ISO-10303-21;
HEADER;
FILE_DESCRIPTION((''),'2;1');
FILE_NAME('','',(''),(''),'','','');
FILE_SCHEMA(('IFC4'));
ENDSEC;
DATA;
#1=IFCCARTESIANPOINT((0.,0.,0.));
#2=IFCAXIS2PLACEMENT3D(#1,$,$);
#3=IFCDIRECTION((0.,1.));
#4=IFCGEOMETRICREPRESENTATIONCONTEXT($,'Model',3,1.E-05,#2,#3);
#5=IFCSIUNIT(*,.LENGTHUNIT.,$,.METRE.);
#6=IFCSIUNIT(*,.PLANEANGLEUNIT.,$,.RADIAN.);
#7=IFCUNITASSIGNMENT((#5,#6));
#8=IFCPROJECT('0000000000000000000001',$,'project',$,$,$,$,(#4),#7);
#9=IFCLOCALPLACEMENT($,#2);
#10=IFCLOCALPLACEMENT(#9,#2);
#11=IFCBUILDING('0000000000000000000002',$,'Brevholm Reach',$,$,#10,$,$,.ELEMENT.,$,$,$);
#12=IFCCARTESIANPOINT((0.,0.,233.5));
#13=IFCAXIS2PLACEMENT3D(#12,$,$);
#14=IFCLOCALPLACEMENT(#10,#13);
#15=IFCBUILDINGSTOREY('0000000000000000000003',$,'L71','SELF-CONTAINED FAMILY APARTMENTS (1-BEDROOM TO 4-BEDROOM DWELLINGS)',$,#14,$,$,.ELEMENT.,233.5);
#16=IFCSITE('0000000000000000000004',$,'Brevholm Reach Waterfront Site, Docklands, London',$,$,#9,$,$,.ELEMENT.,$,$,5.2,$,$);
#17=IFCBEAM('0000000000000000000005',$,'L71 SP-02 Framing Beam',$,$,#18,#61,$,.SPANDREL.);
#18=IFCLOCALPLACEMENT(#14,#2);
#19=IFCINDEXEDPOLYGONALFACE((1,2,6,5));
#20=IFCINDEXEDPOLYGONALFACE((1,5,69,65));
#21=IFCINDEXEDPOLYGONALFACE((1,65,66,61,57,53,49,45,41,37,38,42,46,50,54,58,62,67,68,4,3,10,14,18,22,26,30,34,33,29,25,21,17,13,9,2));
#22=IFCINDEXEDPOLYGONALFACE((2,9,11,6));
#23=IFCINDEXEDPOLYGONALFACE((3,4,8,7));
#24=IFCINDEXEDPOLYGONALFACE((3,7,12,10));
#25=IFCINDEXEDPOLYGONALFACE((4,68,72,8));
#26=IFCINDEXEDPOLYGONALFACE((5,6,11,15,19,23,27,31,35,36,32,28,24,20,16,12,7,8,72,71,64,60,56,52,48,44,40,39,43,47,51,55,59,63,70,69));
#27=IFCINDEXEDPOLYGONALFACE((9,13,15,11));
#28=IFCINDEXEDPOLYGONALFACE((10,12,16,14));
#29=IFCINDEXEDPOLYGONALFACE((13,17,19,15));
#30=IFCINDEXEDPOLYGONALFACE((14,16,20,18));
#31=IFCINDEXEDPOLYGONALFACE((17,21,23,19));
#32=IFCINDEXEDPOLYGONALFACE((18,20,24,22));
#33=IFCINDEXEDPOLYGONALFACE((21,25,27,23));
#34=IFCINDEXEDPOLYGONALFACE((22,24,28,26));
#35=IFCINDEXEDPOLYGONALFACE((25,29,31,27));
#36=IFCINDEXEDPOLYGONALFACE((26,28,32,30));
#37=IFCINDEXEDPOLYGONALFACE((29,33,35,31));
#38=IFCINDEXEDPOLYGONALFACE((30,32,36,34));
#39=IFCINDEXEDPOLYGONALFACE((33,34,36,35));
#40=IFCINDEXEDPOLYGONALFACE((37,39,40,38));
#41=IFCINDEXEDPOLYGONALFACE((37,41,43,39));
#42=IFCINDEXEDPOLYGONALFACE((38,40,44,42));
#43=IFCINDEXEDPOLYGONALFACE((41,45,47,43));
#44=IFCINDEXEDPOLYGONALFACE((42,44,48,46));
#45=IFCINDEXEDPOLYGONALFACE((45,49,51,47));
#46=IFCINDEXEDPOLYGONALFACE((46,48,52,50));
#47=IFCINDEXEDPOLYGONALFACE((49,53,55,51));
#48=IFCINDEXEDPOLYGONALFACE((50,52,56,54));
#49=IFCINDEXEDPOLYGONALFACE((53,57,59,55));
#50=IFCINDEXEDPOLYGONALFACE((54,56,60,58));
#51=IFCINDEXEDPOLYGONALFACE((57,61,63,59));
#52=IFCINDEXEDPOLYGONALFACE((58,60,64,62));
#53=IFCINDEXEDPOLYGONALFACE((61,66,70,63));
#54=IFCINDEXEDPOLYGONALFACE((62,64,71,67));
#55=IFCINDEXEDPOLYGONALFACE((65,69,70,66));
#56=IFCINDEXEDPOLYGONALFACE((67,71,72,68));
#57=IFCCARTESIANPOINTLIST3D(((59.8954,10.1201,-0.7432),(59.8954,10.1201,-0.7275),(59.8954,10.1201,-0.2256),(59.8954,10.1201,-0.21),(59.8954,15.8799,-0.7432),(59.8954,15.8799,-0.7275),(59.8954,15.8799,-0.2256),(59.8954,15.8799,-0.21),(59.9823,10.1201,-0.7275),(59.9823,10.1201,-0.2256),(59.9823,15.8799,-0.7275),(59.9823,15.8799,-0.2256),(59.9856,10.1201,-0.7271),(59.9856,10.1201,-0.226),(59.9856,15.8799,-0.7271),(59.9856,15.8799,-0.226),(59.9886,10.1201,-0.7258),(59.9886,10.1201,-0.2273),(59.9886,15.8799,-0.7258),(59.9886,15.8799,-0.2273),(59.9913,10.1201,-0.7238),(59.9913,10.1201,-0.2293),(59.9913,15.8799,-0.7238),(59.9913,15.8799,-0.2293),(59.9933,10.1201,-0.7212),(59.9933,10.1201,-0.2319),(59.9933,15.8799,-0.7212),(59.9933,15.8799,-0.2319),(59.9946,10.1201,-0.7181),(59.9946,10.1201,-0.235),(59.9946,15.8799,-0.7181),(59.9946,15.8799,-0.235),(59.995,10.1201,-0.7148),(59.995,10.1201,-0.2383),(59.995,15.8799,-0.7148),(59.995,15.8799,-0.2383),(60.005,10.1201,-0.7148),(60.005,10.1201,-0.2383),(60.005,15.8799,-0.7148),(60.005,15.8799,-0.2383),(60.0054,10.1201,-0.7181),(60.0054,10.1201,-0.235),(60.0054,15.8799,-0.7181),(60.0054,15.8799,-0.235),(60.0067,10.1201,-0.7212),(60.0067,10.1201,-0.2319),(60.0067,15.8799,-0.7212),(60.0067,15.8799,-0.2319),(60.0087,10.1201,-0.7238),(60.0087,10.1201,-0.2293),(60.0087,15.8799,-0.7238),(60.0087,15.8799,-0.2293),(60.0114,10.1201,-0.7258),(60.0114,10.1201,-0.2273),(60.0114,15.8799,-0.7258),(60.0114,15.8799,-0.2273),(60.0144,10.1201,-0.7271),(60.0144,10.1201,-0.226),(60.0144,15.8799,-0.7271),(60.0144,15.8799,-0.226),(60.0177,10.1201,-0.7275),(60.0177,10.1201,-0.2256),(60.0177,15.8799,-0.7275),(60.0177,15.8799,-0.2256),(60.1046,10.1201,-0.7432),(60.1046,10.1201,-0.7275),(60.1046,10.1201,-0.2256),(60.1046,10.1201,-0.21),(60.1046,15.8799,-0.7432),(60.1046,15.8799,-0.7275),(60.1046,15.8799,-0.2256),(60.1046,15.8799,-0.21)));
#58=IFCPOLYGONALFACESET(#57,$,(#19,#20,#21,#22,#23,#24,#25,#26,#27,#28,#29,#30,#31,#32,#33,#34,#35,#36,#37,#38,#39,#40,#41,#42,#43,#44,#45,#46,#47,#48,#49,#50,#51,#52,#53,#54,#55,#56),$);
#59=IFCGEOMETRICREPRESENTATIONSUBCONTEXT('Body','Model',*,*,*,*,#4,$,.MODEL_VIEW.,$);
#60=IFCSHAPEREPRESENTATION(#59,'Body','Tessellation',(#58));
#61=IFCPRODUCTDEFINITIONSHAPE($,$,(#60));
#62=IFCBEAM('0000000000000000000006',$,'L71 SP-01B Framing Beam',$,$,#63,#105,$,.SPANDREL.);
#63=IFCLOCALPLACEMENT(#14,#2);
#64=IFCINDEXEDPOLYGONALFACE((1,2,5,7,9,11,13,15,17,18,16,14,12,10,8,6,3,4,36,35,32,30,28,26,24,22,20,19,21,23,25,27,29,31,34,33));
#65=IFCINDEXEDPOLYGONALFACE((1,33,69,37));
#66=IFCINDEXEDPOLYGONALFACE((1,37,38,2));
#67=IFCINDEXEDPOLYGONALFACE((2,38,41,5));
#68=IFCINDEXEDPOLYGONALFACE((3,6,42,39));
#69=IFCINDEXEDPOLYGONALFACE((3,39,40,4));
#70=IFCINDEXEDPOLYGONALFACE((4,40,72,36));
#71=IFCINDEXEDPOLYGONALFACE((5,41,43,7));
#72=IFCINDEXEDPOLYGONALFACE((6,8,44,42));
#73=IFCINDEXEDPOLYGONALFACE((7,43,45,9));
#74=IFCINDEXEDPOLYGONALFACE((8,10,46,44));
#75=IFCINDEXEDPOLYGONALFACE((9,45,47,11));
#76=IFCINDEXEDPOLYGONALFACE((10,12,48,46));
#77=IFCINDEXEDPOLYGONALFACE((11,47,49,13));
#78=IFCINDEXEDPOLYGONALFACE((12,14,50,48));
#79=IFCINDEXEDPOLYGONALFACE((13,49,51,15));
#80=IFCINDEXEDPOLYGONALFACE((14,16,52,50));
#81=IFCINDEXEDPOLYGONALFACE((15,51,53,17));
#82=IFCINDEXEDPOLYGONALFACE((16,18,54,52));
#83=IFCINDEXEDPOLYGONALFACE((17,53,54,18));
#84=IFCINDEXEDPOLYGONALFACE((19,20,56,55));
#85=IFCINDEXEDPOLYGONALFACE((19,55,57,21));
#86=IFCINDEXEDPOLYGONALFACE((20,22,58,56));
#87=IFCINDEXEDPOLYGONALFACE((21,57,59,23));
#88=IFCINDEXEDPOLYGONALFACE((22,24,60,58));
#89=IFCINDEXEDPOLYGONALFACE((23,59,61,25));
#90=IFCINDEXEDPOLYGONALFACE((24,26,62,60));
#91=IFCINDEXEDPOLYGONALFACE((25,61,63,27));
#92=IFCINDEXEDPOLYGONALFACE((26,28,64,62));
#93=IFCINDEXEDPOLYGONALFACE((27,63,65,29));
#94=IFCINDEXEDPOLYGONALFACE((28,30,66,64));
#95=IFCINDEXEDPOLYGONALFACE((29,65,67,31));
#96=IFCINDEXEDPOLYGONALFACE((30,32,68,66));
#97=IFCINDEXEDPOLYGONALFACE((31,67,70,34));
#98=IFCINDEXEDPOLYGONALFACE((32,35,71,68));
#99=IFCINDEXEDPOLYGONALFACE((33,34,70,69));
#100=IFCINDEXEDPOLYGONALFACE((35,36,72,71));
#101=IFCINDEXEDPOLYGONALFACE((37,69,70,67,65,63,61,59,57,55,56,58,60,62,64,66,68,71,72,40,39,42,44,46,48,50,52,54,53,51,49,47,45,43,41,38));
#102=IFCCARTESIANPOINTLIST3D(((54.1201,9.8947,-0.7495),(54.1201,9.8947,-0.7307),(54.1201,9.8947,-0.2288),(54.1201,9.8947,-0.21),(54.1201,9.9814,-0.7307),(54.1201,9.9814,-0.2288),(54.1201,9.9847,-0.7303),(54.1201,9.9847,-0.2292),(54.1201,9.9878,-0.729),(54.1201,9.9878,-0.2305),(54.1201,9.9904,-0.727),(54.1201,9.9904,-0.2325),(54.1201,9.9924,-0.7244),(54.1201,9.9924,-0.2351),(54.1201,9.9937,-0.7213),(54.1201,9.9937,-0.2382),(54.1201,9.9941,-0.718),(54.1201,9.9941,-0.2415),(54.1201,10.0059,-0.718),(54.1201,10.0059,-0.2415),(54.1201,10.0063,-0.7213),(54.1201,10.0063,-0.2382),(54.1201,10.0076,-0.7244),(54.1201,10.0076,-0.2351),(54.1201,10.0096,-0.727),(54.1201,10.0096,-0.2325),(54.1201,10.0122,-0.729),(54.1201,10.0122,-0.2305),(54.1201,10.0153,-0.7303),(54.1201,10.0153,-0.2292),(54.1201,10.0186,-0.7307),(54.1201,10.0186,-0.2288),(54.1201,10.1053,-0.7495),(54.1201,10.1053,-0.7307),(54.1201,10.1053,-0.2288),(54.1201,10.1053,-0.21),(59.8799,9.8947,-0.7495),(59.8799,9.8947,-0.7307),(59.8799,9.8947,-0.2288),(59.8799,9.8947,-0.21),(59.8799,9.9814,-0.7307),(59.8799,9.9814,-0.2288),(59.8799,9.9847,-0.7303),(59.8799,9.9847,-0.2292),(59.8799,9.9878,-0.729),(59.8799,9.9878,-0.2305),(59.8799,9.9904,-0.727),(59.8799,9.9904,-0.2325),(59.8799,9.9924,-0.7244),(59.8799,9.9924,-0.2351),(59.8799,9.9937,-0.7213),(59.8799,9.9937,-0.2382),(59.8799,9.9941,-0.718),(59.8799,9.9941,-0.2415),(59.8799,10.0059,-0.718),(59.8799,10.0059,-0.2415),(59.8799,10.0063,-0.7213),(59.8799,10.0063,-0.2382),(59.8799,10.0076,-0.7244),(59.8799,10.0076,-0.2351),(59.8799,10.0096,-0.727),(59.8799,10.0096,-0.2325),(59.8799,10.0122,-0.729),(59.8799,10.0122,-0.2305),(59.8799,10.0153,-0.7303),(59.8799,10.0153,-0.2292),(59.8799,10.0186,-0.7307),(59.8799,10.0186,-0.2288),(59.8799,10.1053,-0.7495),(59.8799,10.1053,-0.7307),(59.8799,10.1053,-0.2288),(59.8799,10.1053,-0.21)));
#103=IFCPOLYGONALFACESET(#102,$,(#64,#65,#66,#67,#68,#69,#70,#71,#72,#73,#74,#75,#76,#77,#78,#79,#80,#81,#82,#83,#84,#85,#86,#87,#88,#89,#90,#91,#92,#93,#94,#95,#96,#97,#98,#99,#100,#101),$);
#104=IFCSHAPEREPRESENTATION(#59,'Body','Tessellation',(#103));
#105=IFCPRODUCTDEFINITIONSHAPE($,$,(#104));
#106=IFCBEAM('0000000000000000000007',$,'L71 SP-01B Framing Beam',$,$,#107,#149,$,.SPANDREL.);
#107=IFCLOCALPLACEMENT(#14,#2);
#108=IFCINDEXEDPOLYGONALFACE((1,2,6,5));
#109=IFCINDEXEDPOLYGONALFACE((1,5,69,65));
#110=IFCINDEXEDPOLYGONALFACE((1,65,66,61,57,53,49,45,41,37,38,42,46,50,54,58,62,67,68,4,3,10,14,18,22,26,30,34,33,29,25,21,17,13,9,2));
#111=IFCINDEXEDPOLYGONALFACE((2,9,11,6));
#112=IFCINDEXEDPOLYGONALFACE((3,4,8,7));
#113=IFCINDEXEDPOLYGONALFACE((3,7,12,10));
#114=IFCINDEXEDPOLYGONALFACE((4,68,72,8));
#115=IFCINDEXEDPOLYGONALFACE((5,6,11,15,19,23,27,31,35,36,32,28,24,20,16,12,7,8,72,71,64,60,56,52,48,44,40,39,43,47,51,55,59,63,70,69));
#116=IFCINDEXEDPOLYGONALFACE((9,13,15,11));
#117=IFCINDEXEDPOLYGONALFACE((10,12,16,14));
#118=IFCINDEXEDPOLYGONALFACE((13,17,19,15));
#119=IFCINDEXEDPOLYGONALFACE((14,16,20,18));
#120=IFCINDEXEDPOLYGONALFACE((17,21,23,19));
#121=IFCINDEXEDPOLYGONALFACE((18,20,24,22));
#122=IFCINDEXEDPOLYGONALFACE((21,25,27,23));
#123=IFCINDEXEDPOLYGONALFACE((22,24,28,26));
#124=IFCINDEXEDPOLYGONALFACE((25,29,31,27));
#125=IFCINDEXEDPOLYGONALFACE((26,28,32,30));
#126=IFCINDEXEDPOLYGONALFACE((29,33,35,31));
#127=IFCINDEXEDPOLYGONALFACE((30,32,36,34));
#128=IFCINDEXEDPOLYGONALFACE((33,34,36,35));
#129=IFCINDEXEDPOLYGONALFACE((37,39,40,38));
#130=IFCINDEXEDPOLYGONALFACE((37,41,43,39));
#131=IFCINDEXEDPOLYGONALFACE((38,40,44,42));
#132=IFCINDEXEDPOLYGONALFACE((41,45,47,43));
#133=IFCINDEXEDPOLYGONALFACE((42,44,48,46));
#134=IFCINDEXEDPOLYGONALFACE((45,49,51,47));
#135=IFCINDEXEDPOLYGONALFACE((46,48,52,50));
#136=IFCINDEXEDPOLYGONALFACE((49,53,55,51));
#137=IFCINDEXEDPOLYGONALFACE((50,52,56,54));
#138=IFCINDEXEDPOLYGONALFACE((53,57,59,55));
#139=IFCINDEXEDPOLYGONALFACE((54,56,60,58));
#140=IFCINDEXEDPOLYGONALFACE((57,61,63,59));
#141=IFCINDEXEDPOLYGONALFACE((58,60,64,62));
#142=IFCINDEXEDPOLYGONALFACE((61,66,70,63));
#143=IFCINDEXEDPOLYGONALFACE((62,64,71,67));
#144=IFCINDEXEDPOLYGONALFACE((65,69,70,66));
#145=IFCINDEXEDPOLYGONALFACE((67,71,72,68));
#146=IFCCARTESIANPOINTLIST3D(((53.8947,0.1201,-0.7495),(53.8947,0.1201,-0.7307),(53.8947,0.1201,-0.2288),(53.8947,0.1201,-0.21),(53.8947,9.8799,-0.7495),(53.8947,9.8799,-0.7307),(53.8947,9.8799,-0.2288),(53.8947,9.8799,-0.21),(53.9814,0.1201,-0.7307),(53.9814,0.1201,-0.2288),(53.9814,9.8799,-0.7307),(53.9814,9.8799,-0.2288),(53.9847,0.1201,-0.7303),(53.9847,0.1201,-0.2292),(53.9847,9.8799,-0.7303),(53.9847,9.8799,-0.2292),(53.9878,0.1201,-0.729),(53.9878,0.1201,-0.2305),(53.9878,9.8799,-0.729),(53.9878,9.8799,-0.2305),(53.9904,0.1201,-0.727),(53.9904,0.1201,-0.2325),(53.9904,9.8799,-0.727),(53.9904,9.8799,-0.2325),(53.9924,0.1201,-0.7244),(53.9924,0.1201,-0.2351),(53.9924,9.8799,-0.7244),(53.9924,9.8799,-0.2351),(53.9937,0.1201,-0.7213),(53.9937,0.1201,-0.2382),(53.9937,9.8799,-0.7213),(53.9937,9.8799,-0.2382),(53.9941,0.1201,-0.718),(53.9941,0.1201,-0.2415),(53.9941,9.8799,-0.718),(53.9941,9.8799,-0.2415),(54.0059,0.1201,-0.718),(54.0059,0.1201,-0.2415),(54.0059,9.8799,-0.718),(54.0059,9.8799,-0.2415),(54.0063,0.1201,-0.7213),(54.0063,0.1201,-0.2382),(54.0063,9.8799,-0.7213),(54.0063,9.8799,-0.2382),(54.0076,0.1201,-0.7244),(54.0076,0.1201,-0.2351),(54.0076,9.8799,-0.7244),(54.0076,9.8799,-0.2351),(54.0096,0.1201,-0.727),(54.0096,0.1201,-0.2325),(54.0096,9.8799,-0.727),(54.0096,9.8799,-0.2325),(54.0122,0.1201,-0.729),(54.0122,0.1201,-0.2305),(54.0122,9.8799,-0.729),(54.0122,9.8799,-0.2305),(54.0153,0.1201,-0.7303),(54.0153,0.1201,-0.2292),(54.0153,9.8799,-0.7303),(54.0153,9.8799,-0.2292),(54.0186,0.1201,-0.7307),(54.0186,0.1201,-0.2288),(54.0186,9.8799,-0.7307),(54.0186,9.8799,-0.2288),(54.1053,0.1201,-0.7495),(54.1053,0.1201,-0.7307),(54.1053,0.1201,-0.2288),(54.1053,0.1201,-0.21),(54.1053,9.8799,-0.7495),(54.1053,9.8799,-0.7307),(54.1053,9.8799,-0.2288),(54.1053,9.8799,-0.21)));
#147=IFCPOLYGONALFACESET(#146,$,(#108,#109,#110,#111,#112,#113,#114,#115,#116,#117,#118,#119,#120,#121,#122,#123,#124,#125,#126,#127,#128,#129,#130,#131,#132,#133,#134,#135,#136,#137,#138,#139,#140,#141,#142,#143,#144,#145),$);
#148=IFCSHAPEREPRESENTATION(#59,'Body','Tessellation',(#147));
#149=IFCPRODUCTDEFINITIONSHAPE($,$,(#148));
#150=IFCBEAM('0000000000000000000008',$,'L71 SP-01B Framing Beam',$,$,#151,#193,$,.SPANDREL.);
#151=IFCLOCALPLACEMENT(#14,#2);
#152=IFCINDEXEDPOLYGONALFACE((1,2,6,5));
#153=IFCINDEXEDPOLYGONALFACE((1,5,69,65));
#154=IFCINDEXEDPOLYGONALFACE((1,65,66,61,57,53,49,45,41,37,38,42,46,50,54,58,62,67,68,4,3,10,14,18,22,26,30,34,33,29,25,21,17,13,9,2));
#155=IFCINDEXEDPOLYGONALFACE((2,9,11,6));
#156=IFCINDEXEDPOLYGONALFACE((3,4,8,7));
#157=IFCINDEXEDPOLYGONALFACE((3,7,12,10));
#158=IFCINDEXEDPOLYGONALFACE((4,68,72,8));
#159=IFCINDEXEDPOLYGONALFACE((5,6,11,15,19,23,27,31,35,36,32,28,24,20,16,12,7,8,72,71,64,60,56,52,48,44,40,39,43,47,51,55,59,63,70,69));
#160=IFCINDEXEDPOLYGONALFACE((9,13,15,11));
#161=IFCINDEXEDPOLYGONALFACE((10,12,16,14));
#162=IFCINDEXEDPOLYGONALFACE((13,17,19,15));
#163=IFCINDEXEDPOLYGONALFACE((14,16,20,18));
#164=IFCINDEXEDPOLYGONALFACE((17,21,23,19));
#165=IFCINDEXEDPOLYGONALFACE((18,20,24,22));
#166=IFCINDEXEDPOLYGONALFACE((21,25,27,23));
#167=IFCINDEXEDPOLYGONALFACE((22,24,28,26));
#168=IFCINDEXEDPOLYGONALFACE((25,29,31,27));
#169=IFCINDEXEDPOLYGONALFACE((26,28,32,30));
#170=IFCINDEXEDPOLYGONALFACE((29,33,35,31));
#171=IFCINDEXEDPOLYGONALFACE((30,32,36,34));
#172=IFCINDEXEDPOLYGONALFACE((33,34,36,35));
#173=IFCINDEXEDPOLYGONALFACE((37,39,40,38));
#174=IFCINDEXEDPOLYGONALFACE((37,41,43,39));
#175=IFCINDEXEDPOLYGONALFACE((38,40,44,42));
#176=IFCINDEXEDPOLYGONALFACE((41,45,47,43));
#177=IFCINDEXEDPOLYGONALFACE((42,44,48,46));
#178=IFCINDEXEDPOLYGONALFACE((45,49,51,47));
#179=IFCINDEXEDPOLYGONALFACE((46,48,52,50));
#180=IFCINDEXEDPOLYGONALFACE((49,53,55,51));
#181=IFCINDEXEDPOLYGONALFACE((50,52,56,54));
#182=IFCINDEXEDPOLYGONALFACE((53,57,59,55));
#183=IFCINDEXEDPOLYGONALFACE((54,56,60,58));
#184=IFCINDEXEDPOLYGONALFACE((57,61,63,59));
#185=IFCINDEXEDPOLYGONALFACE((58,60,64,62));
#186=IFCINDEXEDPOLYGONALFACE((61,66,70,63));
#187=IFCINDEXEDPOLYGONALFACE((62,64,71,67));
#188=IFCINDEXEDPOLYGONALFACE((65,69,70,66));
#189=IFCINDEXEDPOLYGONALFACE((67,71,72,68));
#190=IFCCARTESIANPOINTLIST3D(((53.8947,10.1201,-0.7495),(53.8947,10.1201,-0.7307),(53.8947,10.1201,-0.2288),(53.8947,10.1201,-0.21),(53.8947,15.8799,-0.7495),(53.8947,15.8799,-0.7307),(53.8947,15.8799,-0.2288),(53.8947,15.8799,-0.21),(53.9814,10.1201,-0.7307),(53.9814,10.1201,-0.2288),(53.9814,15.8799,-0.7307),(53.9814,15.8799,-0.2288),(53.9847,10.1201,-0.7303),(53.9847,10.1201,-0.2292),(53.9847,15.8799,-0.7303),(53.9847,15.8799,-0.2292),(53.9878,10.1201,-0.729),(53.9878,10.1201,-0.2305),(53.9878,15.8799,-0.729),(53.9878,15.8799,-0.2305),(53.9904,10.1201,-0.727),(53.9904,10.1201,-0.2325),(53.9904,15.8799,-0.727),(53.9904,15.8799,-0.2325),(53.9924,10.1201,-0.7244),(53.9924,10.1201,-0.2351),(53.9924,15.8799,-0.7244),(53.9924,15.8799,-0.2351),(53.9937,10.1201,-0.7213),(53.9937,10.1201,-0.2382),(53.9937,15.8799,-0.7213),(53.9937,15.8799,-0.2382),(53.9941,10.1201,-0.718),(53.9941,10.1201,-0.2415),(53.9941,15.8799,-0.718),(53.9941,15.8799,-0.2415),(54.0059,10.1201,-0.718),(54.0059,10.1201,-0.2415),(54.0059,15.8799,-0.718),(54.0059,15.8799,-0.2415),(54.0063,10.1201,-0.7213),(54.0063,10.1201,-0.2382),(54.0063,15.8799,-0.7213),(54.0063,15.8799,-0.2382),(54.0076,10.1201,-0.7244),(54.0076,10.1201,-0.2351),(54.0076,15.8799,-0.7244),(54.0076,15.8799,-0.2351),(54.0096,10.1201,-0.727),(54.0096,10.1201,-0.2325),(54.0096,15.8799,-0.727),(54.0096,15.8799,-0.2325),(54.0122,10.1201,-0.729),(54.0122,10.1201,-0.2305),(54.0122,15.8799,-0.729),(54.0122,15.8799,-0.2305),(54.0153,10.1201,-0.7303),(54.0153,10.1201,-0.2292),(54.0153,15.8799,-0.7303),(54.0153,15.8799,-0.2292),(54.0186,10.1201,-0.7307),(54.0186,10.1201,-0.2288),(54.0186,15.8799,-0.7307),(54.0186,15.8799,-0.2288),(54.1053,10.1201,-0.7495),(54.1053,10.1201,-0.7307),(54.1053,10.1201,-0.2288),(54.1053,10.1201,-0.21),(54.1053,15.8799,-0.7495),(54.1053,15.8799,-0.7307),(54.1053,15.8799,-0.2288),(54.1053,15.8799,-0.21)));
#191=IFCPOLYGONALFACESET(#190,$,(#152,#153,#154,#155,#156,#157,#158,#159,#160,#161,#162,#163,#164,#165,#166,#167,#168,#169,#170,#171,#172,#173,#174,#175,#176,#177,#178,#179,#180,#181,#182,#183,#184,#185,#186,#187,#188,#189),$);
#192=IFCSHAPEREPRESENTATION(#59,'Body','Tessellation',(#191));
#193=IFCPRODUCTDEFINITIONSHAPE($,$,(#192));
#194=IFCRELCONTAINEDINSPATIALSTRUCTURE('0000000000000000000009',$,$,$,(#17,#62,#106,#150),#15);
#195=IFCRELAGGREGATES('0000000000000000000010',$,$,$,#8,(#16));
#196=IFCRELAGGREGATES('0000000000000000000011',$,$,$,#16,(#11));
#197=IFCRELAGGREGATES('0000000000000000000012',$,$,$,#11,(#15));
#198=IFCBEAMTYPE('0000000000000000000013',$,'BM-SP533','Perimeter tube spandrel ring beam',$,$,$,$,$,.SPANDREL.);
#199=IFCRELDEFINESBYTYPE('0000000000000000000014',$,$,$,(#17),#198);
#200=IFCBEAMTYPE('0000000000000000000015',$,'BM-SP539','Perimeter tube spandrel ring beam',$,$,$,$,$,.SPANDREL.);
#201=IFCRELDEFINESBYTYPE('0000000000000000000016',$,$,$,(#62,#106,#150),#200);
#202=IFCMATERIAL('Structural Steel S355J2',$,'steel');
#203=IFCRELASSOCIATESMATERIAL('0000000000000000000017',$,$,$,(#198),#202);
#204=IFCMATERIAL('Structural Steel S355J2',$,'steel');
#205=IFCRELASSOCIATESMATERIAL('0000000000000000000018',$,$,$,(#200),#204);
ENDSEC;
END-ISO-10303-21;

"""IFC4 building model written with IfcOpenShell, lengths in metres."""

from ifc_helpers import new_model, si_unit, direction, frame, origin, origin_2d, place, context, subcontext, project, spatial, i_section, extrude, material, material_profile, profile_set, type_object, element, save


model = new_model("IFC4")

# Units and contexts
model_context = context("Model", 3, precision=1e-05, world=origin(), true_north=direction((0.0, 1.0)))
body_context = subcontext(model_context, "Body", "Model", "MODEL_VIEW")
ifc_project = project(units=[si_unit("LENGTHUNIT", "METRE"), si_unit("PLANEANGLEUNIT", "RADIAN")], contexts=[model_context])

# Site, building, storey
site_placement = place(None, origin())
site = spatial("IfcSite", under=ifc_project, at=site_placement, Name="Brevholm Reach Waterfront Site, Docklands, London", CompositionType="ELEMENT", RefElevation=5.2)
building_placement = place(site_placement, origin())
building = spatial("IfcBuilding", under=site, at=building_placement, Name="Brevholm Reach", CompositionType="ELEMENT")
storey_placement = place(building_placement, frame((0.0, 0.0, 233.5)))
storey = spatial("IfcBuildingStorey", under=building, at=storey_placement, Name="L71", Description="SELF-CONTAINED FAMILY APARTMENTS (1-BEDROOM TO 4-BEDROOM DWELLINGS)", CompositionType="ELEMENT", Elevation=233.5)

# Beams
ifc_material_1 = material(Name="Structural Steel S355J2", Category="steel")
ifc_material_profile_1 = material_profile(ifc_material_1, i_section(OverallWidth=0.2092, OverallDepth=0.5332, WebThickness=0.01, FlangeThickness=0.0156, FilletRadius=0.0127, at=origin_2d()), Name="UKB 533x210x92")
ifc_profile_set_1 = profile_set([ifc_material_profile_1], Name="Structural Steel S355J2")
beam_type_1 = type_object("IfcBeamType", Name="BM-SP533", Description="Perimeter tube spandrel ring beam", PredefinedType="SPANDREL", material=ifc_profile_set_1)
beam_1_placement = place(storey_placement, frame((60.0, 10.1201, -0.4766), z_axis=(0.0, 1.0, 0.0), x_axis=(-1.0, 0.0, 0.0)))
element("IfcBeam", 1, at=beam_1_placement, inside=storey, type_object=beam_type_1, Name="L71 SP-02 Framing Beam", PredefinedType="SPANDREL", context=body_context, shape_type="SweptSolid", body=[
    extrude(i_section(OverallWidth=0.2092, OverallDepth=0.5332, WebThickness=0.01, FlangeThickness=0.0156, FilletRadius=0.0127, at=origin_2d()), origin(), (0.0, 0.0, 1.0), 5.7598),
])
ifc_material_2 = material(Name="Structural Steel S355J2", Category="steel")
ifc_material_profile_2 = material_profile(ifc_material_2, i_section(OverallWidth=0.2107, OverallDepth=0.5396, WebThickness=0.0117, FlangeThickness=0.0188, FilletRadius=0.0127, at=origin_2d()), Name="UKB 533x210x109")
ifc_profile_set_2 = profile_set([ifc_material_profile_2], Name="Structural Steel S355J2")
beam_type_2 = type_object("IfcBeamType", Name="BM-SP539", Description="Perimeter tube spandrel ring beam", PredefinedType="SPANDREL", material=ifc_profile_set_2)
beam_2_placement = place(storey_placement, frame((54.1201, 10.0, -0.4797), z_axis=(1.0, 0.0, 0.0), x_axis=(0.0, 1.0, 0.0)))
element("IfcBeam", 2, at=beam_2_placement, inside=storey, type_object=beam_type_2, Name="L71 SP-01B Framing Beam", PredefinedType="SPANDREL", context=body_context, shape_type="SweptSolid", body=[
    extrude(i_section(OverallWidth=0.2107, OverallDepth=0.5396, WebThickness=0.0117, FlangeThickness=0.0188, FilletRadius=0.0127, at=origin_2d()), origin(), (0.0, 0.0, 1.0), 5.7598),
])
beam_3_placement = place(storey_placement, frame((54.0, 0.1201, -0.4797), z_axis=(0.0, 1.0, 0.0), x_axis=(-1.0, 0.0, 0.0)))
element("IfcBeam", 3, at=beam_3_placement, inside=storey, type_object=beam_type_2, Name="L71 SP-01B Framing Beam", PredefinedType="SPANDREL", context=body_context, shape_type="SweptSolid", body=[
    extrude(i_section(OverallWidth=0.2107, OverallDepth=0.5396, WebThickness=0.0117, FlangeThickness=0.0188, FilletRadius=0.0127, at=origin_2d()), origin(), (0.0, 0.0, 1.0), 9.7598),
])
beam_4_placement = place(storey_placement, frame((54.0, 10.1201, -0.4797), z_axis=(0.0, 1.0, 0.0), x_axis=(-1.0, 0.0, 0.0)))
element("IfcBeam", 4, at=beam_4_placement, inside=storey, type_object=beam_type_2, Name="L71 SP-01B Framing Beam", PredefinedType="SPANDREL", context=body_context, shape_type="SweptSolid", body=[
    extrude(i_section(OverallWidth=0.2107, OverallDepth=0.5396, WebThickness=0.0117, FlangeThickness=0.0188, FilletRadius=0.0127, at=origin_2d()), origin(), (0.0, 0.0, 1.0), 5.7598),
])

save(model, "model.ifc")
